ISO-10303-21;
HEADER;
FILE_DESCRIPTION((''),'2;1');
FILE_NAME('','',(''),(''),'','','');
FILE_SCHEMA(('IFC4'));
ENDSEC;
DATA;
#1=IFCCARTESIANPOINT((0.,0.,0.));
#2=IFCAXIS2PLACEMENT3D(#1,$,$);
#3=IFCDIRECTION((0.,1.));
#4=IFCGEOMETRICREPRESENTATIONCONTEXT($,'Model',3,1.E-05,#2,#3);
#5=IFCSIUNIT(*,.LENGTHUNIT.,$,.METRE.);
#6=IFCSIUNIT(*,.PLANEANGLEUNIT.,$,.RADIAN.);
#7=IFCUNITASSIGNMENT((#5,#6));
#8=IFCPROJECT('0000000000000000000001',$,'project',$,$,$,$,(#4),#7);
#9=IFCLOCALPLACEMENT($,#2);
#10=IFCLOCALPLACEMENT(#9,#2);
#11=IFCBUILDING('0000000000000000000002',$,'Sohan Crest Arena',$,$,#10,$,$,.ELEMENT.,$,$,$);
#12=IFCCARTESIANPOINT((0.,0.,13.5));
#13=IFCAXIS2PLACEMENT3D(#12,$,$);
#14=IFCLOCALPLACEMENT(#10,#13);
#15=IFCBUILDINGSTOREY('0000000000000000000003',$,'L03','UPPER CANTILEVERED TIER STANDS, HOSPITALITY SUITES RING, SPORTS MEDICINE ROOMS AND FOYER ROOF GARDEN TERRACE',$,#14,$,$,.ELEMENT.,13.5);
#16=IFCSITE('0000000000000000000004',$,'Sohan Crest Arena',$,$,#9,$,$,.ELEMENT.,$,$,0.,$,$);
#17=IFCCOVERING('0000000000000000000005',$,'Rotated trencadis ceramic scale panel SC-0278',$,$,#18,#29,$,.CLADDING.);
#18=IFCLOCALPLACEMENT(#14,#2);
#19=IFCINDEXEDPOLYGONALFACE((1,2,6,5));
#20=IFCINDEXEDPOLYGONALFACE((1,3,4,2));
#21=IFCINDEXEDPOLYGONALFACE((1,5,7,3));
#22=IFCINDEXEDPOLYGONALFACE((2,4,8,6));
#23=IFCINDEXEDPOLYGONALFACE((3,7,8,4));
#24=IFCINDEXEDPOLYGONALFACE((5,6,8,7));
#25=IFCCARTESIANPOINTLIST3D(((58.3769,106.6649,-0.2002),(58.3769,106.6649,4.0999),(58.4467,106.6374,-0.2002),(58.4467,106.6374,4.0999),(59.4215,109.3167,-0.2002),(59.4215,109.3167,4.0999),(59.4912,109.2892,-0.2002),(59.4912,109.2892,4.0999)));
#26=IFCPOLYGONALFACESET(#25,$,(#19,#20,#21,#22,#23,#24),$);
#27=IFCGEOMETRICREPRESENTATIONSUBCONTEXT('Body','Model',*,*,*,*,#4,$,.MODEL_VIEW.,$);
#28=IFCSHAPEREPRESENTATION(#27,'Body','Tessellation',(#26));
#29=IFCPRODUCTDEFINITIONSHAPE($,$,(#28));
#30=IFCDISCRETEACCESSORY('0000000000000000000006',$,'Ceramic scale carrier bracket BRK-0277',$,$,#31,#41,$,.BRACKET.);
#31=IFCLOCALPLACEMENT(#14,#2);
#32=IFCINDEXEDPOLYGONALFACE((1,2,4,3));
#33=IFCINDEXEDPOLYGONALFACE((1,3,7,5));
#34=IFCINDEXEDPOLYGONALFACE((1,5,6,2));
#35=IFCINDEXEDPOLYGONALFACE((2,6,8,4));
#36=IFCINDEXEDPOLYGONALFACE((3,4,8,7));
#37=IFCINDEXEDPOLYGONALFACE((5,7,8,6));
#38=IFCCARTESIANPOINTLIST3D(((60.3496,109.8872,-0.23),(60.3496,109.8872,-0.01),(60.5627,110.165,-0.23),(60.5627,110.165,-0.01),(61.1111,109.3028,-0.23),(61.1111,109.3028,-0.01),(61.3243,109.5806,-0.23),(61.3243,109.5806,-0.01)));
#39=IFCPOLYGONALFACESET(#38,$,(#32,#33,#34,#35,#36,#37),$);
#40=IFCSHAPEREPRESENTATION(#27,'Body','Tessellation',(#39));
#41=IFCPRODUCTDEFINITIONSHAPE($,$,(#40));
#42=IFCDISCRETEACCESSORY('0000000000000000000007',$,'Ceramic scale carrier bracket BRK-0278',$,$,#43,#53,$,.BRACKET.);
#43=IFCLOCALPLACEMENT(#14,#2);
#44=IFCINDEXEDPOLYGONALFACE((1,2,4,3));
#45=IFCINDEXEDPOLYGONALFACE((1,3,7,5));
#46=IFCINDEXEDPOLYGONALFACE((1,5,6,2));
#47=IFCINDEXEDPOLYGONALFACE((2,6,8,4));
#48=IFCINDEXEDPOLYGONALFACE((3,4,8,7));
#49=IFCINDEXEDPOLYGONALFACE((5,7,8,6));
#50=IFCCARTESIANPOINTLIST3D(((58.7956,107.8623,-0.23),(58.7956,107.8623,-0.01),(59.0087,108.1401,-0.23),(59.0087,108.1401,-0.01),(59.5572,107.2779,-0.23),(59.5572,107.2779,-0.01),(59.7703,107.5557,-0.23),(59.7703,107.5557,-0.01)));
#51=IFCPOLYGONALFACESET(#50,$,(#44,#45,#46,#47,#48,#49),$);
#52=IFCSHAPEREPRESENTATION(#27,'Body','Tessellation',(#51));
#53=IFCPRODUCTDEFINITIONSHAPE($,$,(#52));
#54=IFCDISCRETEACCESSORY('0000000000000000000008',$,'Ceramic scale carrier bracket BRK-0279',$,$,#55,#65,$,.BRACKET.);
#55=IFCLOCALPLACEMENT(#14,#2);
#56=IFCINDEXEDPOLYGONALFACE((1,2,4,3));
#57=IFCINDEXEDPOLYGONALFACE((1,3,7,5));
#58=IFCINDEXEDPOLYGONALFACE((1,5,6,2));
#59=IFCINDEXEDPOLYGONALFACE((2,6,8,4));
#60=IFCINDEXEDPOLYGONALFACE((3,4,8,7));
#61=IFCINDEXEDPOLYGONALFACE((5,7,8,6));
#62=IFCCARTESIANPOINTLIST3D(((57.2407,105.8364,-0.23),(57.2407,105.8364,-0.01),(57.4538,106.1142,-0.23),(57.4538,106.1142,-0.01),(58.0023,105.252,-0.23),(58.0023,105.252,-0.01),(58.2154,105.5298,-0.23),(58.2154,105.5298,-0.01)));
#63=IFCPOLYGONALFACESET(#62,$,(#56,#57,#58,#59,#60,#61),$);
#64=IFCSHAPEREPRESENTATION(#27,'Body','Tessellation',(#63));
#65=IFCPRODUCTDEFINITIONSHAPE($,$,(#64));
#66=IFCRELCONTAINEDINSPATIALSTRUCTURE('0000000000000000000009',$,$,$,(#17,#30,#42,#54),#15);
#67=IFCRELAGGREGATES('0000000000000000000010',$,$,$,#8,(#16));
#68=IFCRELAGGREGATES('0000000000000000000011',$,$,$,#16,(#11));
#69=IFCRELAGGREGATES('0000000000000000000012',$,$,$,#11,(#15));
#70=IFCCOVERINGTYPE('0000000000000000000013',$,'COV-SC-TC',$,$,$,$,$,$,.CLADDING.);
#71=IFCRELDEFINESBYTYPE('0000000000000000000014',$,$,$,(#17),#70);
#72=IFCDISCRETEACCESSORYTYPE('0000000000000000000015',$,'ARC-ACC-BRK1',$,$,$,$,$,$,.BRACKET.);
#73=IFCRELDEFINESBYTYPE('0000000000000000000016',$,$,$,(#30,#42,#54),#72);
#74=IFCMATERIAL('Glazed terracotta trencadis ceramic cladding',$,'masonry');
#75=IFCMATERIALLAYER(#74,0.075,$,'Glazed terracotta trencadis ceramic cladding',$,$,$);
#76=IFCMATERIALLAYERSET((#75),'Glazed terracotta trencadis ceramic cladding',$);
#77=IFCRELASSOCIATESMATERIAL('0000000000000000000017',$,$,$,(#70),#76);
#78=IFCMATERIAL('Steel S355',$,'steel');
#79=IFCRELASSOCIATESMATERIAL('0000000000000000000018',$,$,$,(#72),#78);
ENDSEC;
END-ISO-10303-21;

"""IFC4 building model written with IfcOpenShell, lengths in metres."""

from ifc_helpers import new_model, si_unit, direction, frame, origin, origin_2d, place, context, subcontext, project, spatial, rectangle, extrude, material, layer, layer_set, type_object, element, save


model = new_model("IFC4")

# Units and contexts
model_context = context("Model", 3, precision=1e-05, world=origin(), true_north=direction((0.0, 1.0)))
body_context = subcontext(model_context, "Body", "Model", "MODEL_VIEW")
ifc_project = project(units=[si_unit("LENGTHUNIT", "METRE"), si_unit("PLANEANGLEUNIT", "RADIAN")], contexts=[model_context])

# Site, building, storey
site_placement = place(None, origin())
site = spatial("IfcSite", under=ifc_project, at=site_placement, Name="Sohan Crest Arena", CompositionType="ELEMENT", RefElevation=0.0)
building_placement = place(site_placement, origin())
building = spatial("IfcBuilding", under=site, at=building_placement, Name="Sohan Crest Arena", CompositionType="ELEMENT")
storey_placement = place(building_placement, frame((0.0, 0.0, 13.5)))
storey = spatial("IfcBuildingStorey", under=building, at=storey_placement, Name="L03", Description="UPPER CANTILEVERED TIER STANDS, HOSPITALITY SUITES RING, SPORTS MEDICINE ROOMS AND FOYER ROOF GARDEN TERRACE", CompositionType="ELEMENT", Elevation=13.5)

# Covering
ifc_material_1 = material(Name="Glazed terracotta trencadis ceramic cladding", Category="masonry")
ifc_layer_1 = layer(ifc_material_1, 0.075, Name="Glazed terracotta trencadis ceramic cladding")
ifc_layer_set_1 = layer_set([ifc_layer_1], Name="Glazed terracotta trencadis ceramic cladding")
covering_type_1 = type_object("IfcCoveringType", Name="COV-SC-TC", PredefinedType="CLADDING", material=ifc_layer_set_1)
covering_placement = place(storey_placement, frame((58.9341, 107.9771, -0.2002), z_axis=(0.0, 0.0, 1.0), x_axis=(-0.366501, -0.930418, 0.0)))
element("IfcCovering", 1, at=covering_placement, inside=storey, type_object=covering_type_1, Name="Rotated trencadis ceramic scale panel SC-0278", PredefinedType="CLADDING", context=body_context, shape_type="SweptSolid", body=[
    extrude(rectangle(XDim=2.8501, YDim=0.075, at=origin_2d()), origin(), (0.0, 0.0, 1.0), 4.3),
])

# Discrete accessories
ifc_material_2 = material(Name="Steel S355", Category="steel")
discrete_accessory_type = type_object("IfcDiscreteAccessoryType", Name="ARC-ACC-BRK1", PredefinedType="BRACKET", material=ifc_material_2)
for number, where, z_axis, x_axis, name in (
    (2, (60.8369, 109.7339, -0.23), (0.0, 0.0, 1.0), (-0.608761, -0.793353, 0.0), "Ceramic scale carrier bracket BRK-0277"),
    (3, (59.283, 107.709, -0.23), (0.0, 0.0, 1.0), (-0.608761, -0.793353, 0.0), "Ceramic scale carrier bracket BRK-0278"),
    (4, (57.728, 105.6831, -0.23), (0.0, 0.0, 1.0), (-0.608761, -0.793353, 0.0), "Ceramic scale carrier bracket BRK-0279"),
):
    element("IfcDiscreteAccessory", number, at=place(storey_placement, frame(where, z_axis=z_axis, x_axis=x_axis)), inside=storey, type_object=discrete_accessory_type, Name=name, PredefinedType="BRACKET", context=body_context, shape_type="SweptSolid", body=[
        extrude(rectangle(XDim=0.3501, YDim=0.96, at=origin_2d()), origin(), (0.0, 0.0, 1.0), 0.22),
    ])

save(model, "model.ifc")
